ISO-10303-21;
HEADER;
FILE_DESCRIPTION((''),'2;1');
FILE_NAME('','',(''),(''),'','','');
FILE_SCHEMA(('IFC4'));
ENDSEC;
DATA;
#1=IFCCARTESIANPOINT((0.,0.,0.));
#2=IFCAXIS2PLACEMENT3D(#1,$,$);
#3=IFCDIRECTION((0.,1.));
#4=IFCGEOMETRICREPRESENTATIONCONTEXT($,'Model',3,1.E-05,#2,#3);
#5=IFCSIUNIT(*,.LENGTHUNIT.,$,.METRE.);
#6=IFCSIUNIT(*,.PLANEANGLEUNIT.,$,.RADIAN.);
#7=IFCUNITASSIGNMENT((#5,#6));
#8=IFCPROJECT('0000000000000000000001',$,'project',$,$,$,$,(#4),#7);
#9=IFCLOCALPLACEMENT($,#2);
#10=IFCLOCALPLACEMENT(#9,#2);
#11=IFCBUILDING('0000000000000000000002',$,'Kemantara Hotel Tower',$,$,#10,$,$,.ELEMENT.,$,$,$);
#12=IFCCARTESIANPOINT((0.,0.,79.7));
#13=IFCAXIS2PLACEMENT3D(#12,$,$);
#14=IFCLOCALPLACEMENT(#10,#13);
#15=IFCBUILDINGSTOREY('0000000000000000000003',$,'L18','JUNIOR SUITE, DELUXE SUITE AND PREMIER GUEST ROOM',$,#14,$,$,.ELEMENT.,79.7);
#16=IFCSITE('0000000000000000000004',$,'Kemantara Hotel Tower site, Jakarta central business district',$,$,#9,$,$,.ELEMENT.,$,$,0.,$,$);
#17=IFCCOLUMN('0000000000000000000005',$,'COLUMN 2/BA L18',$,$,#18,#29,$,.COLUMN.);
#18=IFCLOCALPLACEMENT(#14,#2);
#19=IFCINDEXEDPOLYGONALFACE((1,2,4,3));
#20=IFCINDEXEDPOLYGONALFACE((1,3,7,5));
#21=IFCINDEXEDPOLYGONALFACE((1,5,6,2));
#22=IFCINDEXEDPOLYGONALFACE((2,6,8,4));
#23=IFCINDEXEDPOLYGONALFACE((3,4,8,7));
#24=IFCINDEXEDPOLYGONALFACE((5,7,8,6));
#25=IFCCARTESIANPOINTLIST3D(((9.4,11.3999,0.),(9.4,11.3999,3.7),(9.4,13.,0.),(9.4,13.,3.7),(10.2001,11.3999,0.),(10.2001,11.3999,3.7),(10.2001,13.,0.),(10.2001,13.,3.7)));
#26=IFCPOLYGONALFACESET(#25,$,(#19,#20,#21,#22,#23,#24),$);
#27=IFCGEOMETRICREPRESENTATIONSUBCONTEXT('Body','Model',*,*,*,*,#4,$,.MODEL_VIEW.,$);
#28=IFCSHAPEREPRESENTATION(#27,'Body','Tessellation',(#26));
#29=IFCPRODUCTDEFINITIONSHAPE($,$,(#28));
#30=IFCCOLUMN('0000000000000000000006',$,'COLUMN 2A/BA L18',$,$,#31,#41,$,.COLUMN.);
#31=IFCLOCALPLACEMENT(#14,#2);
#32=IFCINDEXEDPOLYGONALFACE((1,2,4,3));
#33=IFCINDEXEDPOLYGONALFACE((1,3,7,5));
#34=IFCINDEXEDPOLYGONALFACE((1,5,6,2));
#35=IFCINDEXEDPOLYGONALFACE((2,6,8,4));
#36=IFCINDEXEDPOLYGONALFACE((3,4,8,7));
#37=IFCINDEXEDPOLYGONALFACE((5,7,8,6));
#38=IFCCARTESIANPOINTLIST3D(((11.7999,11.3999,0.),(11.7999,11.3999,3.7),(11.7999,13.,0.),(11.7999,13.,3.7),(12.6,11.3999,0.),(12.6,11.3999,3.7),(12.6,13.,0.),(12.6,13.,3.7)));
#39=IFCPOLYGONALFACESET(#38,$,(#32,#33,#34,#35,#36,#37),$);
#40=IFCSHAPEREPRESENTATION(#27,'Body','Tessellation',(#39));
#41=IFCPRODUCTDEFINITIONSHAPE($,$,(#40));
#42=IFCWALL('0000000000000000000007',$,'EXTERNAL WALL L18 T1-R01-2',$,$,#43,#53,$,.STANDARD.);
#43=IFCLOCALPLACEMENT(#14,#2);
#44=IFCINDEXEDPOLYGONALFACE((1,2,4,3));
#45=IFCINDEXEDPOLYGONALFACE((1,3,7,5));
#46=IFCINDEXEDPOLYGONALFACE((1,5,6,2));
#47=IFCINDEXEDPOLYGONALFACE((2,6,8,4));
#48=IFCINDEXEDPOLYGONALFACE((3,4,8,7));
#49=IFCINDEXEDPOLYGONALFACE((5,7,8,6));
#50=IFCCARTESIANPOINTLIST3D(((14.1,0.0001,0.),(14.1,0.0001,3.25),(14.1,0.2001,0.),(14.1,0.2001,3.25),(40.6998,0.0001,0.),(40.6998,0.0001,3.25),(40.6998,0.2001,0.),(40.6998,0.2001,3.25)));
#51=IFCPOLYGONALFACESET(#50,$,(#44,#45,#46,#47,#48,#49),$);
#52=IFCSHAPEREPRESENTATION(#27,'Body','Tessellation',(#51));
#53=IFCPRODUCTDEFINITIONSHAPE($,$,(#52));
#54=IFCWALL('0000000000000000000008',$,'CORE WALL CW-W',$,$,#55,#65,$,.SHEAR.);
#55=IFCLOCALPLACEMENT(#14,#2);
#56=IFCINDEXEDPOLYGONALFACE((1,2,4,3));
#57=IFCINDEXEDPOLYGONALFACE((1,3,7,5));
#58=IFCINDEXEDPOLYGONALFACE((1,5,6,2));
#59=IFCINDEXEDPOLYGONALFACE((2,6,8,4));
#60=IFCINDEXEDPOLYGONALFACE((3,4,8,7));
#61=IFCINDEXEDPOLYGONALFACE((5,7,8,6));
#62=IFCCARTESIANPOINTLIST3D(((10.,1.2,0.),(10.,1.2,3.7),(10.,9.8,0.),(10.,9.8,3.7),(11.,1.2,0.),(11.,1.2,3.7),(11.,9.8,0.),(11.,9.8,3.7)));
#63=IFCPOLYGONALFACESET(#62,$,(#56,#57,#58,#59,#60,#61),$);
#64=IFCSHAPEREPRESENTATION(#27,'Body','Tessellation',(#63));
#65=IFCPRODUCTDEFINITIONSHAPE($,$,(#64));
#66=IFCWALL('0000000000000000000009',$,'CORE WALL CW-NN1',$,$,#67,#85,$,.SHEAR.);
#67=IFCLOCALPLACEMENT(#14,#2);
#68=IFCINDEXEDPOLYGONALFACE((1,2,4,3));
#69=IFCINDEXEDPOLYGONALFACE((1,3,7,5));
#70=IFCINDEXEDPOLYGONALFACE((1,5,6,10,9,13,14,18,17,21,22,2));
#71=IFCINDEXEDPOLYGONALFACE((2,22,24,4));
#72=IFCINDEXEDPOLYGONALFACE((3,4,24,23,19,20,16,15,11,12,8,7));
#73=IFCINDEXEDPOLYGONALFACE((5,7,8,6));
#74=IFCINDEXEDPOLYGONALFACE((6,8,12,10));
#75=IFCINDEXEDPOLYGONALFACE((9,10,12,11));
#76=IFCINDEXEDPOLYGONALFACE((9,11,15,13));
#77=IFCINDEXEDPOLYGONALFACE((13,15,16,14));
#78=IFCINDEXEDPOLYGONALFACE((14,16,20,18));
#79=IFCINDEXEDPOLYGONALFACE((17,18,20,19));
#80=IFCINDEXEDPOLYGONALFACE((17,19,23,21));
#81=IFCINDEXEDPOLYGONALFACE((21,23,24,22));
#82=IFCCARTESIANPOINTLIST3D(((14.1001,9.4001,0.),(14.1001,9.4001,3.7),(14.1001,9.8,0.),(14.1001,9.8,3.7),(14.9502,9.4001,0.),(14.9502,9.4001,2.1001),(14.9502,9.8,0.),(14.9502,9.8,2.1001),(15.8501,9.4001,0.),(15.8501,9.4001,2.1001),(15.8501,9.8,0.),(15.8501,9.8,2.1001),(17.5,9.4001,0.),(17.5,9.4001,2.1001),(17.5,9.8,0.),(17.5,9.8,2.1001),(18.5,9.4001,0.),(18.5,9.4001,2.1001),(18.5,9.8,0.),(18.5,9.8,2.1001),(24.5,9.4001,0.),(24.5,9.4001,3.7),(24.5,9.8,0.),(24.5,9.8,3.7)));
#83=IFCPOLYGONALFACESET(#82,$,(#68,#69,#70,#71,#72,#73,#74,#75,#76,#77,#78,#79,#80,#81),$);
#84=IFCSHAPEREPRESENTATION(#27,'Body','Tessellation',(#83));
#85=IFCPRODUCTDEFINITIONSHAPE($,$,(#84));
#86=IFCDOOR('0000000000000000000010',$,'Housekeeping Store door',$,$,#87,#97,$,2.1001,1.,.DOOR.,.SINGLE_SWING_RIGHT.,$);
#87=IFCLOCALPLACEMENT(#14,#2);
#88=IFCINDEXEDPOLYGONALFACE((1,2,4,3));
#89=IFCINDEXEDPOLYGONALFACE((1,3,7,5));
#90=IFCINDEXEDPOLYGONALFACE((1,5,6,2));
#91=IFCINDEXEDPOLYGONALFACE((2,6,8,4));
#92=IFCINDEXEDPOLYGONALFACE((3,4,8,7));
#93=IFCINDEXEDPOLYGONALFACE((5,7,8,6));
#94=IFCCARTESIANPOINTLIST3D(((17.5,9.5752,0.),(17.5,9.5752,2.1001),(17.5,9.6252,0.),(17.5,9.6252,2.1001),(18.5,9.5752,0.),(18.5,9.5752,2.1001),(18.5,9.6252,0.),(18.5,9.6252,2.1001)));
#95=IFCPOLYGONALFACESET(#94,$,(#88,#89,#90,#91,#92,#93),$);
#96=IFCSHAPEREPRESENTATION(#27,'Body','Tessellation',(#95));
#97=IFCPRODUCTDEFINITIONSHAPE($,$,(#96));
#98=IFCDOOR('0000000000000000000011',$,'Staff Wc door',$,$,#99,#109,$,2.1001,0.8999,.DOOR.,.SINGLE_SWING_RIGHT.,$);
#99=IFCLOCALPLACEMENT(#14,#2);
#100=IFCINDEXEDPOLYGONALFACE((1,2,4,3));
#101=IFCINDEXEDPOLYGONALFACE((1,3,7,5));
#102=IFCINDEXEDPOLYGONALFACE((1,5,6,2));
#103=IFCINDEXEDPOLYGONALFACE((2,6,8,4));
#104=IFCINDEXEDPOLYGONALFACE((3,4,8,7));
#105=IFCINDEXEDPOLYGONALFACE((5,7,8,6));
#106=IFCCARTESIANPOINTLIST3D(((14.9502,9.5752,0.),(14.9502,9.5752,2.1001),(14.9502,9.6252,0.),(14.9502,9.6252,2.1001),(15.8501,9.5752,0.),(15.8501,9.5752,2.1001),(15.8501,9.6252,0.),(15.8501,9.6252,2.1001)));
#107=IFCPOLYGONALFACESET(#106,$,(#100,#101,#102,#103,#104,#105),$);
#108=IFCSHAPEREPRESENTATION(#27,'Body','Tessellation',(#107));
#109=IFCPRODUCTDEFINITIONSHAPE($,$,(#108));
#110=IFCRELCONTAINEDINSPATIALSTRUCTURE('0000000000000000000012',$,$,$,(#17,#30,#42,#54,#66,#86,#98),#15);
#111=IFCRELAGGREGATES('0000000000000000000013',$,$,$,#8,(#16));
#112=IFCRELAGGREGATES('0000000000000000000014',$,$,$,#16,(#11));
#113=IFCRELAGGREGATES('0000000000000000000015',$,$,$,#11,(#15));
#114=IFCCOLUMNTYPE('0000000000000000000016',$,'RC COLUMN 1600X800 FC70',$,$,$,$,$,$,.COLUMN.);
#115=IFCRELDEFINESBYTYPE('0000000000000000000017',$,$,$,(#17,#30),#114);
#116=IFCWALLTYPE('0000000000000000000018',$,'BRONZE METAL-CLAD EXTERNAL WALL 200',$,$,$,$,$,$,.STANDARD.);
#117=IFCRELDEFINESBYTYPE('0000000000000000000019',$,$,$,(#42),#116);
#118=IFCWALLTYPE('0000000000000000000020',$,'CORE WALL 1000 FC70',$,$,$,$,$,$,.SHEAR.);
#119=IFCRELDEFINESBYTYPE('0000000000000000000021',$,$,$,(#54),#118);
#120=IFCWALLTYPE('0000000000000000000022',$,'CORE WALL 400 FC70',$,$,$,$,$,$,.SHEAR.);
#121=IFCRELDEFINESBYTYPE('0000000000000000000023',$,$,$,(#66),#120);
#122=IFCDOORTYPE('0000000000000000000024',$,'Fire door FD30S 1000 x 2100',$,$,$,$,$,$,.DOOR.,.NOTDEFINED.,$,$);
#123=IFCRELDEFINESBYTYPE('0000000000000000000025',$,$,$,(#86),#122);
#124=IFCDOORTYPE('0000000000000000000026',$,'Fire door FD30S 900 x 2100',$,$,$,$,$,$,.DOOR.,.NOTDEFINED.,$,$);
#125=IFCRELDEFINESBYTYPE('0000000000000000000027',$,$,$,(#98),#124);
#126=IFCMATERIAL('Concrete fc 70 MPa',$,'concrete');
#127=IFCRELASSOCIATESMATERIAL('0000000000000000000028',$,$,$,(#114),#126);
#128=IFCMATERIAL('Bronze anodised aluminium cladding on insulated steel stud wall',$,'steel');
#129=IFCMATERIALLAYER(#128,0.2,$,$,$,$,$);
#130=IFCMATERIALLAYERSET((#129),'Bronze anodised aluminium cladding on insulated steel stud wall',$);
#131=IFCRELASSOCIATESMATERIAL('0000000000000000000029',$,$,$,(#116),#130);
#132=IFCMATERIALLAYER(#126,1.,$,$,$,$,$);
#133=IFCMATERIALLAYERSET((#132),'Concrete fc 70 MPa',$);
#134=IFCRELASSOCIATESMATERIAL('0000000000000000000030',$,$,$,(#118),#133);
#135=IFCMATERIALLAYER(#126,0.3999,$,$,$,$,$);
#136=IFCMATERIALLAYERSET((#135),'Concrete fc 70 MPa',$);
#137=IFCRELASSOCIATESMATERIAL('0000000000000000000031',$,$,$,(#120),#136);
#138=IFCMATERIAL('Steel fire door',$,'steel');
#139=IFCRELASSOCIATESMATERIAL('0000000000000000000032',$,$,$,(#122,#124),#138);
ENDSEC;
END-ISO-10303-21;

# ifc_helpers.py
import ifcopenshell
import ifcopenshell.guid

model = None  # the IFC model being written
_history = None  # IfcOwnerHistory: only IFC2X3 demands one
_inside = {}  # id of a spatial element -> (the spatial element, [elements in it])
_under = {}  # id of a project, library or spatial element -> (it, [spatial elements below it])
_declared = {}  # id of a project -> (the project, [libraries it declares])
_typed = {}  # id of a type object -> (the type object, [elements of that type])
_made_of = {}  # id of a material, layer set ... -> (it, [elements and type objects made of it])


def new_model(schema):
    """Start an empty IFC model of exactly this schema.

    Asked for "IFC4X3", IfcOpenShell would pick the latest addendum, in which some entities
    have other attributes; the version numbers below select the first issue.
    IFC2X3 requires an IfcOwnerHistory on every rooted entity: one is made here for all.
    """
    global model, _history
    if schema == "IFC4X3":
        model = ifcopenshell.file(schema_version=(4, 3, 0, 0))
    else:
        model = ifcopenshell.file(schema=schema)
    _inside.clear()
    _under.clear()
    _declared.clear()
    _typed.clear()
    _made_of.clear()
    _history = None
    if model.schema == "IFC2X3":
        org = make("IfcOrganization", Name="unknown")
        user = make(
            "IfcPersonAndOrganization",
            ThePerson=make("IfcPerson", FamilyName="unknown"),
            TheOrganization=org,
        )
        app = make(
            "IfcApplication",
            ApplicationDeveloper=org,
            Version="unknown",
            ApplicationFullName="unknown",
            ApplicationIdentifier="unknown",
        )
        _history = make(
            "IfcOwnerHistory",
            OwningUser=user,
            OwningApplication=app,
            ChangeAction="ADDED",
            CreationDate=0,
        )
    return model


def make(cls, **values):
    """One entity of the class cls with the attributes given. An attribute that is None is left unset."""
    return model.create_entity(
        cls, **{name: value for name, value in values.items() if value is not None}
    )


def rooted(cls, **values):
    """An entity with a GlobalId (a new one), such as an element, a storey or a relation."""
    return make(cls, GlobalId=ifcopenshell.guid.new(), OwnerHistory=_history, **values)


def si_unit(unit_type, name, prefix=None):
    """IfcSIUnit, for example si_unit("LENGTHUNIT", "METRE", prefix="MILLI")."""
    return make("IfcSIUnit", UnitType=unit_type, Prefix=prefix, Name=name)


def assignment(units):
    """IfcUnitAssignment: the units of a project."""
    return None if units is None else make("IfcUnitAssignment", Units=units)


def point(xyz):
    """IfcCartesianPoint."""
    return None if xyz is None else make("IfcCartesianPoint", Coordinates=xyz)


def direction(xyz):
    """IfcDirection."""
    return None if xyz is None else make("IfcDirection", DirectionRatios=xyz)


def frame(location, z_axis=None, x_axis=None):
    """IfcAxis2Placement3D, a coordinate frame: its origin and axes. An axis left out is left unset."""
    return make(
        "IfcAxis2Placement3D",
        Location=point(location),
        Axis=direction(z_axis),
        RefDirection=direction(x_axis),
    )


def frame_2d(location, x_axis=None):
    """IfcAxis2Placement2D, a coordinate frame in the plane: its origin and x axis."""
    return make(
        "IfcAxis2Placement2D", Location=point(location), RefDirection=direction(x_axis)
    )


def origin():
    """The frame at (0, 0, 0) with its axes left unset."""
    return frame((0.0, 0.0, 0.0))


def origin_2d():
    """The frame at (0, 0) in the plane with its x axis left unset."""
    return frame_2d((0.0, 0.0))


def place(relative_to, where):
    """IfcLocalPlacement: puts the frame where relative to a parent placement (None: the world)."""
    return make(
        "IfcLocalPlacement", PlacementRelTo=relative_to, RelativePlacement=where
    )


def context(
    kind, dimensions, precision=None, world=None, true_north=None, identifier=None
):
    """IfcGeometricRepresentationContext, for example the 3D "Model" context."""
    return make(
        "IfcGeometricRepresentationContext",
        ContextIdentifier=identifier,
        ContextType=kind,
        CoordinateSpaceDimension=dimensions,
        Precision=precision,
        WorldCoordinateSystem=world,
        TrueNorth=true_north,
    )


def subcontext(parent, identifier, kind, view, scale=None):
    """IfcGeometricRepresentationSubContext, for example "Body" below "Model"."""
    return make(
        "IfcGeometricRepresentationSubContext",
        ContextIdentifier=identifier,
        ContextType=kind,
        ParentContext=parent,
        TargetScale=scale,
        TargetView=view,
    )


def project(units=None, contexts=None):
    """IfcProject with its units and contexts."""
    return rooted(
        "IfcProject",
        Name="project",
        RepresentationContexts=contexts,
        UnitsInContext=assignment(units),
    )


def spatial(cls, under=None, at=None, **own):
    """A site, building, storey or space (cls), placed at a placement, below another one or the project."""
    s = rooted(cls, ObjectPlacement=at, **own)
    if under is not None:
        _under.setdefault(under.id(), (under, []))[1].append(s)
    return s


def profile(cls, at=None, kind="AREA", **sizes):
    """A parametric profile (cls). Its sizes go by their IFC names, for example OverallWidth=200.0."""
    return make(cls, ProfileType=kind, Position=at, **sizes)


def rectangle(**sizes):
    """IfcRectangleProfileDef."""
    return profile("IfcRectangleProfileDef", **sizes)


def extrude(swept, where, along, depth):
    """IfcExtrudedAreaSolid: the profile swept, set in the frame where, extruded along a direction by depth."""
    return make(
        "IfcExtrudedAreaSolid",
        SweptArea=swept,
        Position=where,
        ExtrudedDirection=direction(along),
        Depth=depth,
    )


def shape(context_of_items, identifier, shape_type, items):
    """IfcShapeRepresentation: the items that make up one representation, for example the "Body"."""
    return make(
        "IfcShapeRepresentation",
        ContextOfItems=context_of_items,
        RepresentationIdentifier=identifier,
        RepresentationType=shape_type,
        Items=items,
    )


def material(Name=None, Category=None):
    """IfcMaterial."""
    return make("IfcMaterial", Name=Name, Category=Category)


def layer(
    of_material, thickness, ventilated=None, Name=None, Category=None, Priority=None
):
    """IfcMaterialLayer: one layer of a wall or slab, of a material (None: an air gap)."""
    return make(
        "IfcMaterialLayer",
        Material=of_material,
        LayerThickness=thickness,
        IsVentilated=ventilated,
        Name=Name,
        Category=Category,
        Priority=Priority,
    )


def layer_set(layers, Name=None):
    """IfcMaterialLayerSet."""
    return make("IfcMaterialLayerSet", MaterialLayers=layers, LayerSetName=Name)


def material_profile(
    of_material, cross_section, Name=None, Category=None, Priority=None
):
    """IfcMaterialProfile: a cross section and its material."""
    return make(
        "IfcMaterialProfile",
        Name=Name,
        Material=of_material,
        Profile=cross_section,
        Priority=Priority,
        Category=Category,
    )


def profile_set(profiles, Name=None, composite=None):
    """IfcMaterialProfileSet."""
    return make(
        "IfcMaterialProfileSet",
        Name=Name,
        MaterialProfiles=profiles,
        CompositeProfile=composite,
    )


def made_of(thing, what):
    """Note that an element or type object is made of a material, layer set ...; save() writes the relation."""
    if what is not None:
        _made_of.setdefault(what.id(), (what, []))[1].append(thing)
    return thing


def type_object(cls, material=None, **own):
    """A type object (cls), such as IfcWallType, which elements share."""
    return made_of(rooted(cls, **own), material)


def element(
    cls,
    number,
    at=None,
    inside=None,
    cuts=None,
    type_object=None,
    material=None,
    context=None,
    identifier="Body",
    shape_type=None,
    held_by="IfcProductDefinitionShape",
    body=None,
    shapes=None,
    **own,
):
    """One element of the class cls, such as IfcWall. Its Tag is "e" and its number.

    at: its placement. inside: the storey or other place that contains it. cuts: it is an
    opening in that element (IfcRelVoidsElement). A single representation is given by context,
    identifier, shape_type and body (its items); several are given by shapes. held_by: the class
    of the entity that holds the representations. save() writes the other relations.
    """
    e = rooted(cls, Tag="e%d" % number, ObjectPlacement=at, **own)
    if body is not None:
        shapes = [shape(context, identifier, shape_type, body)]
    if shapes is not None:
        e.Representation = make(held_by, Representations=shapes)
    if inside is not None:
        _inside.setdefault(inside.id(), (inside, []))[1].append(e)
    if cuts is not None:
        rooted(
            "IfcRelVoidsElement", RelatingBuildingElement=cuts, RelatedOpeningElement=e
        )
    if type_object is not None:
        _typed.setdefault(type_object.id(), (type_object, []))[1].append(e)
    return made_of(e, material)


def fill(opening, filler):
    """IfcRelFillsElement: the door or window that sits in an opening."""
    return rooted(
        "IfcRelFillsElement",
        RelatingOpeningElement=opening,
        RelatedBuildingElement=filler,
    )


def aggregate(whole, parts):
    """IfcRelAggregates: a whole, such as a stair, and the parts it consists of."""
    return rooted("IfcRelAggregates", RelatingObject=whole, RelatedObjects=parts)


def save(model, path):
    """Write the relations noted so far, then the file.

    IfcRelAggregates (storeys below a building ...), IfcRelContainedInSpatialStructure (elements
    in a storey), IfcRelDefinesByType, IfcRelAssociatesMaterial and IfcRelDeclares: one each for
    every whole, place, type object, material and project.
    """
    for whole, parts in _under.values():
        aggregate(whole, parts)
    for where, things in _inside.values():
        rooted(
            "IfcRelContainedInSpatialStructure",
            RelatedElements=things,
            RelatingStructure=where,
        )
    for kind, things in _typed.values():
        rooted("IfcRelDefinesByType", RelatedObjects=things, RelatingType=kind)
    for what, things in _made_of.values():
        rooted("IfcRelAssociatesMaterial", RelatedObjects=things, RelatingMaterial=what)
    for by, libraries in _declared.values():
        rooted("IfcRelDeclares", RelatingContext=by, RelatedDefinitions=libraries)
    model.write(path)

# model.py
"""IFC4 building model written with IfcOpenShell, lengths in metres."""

from ifc_helpers import new_model, si_unit, direction, frame, frame_2d, origin, origin_2d, place, context, subcontext, project, spatial, rectangle, extrude, material, layer, layer_set, material_profile, profile_set, type_object, element, fill, save


model = new_model("IFC4")

# Units and contexts
model_context = context("Model", 3, precision=1e-05, world=origin(), true_north=direction((0.0, 1.0)))
body_context = subcontext(model_context, "Body", "Model", "MODEL_VIEW")
ifc_project = project(units=[si_unit("LENGTHUNIT", "METRE"), si_unit("PLANEANGLEUNIT", "RADIAN")], contexts=[model_context])

# Site, building, storey
site_placement = place(None, origin())
site = spatial("IfcSite", under=ifc_project, at=site_placement, Name="Kemantara Hotel Tower site, Jakarta central business district", CompositionType="ELEMENT", RefElevation=0.0)
building_placement = place(site_placement, origin())
building = spatial("IfcBuilding", under=site, at=building_placement, Name="Kemantara Hotel Tower", CompositionType="ELEMENT")
storey_placement = place(building_placement, frame((0.0, 0.0, 79.7)))
storey = spatial("IfcBuildingStorey", under=building, at=storey_placement, Name="L18", Description="JUNIOR SUITE, DELUXE SUITE AND PREMIER GUEST ROOM", CompositionType="ELEMENT", Elevation=79.7)

# Columns
ifc_material_1 = material(Name="Concrete fc 70 MPa", Category="concrete")
ifc_material_profile = material_profile(ifc_material_1, rectangle(XDim=1.6001, YDim=0.8, at=origin_2d()), Name="RC 1600X800")
ifc_profile_set = profile_set([ifc_material_profile], Name="Concrete fc 70 MPa")
column_type = type_object("IfcColumnType", Name="RC COLUMN 1600X800 FC70", PredefinedType="COLUMN", material=ifc_profile_set)
for number, where, z_axis, x_axis, name in (
    (1, (9.8, 12.2, 0.0), (0.0, 0.0, 1.0), (0.0, 1.0, 0.0), "COLUMN 2/BA L18"),
    (2, (12.2, 12.2, 0.0), (0.0, 0.0, 1.0), (0.0, 1.0, 0.0), "COLUMN 2A/BA L18"),
):
    element("IfcColumn", number, at=place(storey_placement, frame(where, z_axis=z_axis, x_axis=x_axis)), inside=storey, type_object=column_type, Name=name, PredefinedType="COLUMN", context=body_context, shape_type="SweptSolid", body=[
        extrude(rectangle(XDim=1.6001, YDim=0.8, at=origin_2d()), origin(), (0.0, 0.0, 1.0), 3.7),
    ])

# Walls
ifc_material_2 = material(Name="Bronze anodised aluminium cladding on insulated steel stud wall", Category="steel")
ifc_layer_1 = layer(ifc_material_2, 0.2)
ifc_layer_set_1 = layer_set([ifc_layer_1], Name="Bronze anodised aluminium cladding on insulated steel stud wall")
wall_type_1 = type_object("IfcWallType", Name="BRONZE METAL-CLAD EXTERNAL WALL 200", PredefinedType="STANDARD", material=ifc_layer_set_1)
wall_1_placement = place(storey_placement, frame((14.1001, 0.1001, 0.0), z_axis=(0.0, 0.0, 1.0), x_axis=(1.0, 0.0, 0.0)))
element("IfcWall", 3, at=wall_1_placement, inside=storey, type_object=wall_type_1, Name="EXTERNAL WALL L18 T1-R01-2", PredefinedType="STANDARD", context=body_context, shape_type="SweptSolid", body=[
    extrude(rectangle(XDim=26.5999, YDim=0.2, at=frame_2d((13.2998, 0.0))), origin(), (0.0, 0.0, 1.0), 3.25),
])
ifc_layer_2 = layer(ifc_material_1, 1.0)
ifc_layer_set_2 = layer_set([ifc_layer_2], Name="Concrete fc 70 MPa")
wall_type_2 = type_object("IfcWallType", Name="CORE WALL 1000 FC70", PredefinedType="SHEAR", material=ifc_layer_set_2)
wall_2_placement = place(storey_placement, frame((10.5, 1.2, 0.0), z_axis=(0.0, 0.0, 1.0), x_axis=(0.0, 1.0, 0.0)))
element("IfcWall", 4, at=wall_2_placement, inside=storey, type_object=wall_type_2, Name="CORE WALL CW-W", PredefinedType="SHEAR", context=body_context, shape_type="SweptSolid", body=[
    extrude(rectangle(XDim=8.6001, YDim=1.0, at=frame_2d((4.3, 0.0))), origin(), (0.0, 0.0, 1.0), 3.7),
])

# Wall, openings, doors
ifc_layer_3 = layer(ifc_material_1, 0.3999)
ifc_layer_set_3 = layer_set([ifc_layer_3], Name="Concrete fc 70 MPa")
wall_type_3 = type_object("IfcWallType", Name="CORE WALL 400 FC70", PredefinedType="SHEAR", material=ifc_layer_set_3)
wall_3_placement = place(storey_placement, frame((14.1001, 9.6001, 0.0), z_axis=(0.0, 0.0, 1.0), x_axis=(1.0, 0.0, 0.0)))
wall_3 = element("IfcWall", 5, at=wall_3_placement, inside=storey, type_object=wall_type_3, Name="CORE WALL CW-NN1", PredefinedType="SHEAR", context=body_context, shape_type="SweptSolid", body=[
    extrude(rectangle(XDim=10.3999, YDim=0.3999, at=frame_2d((5.2, 0.0))), origin(), (0.0, 0.0, 1.0), 3.7),
])
opening_1_placement = place(wall_3_placement, frame((0.8501, 0.0, 0.0)))
opening_1 = element("IfcOpeningElement", 6, at=opening_1_placement, cuts=wall_3, PredefinedType="OPENING", context=body_context, shape_type="SweptSolid", body=[
    extrude(rectangle(XDim=0.8999, YDim=2.1001, at=frame_2d((0.45, 1.05))), frame((0.0, 0.21, 0.0), z_axis=(0.0, -1.0, 0.0), x_axis=(1.0, 0.0, 0.0)), (0.0, 0.0, 1.0), 0.4199),
])
opening_2_placement = place(wall_3_placement, frame((3.3999, 0.0, 0.0)))
opening_2 = element("IfcOpeningElement", 7, at=opening_2_placement, cuts=wall_3, PredefinedType="OPENING", context=body_context, shape_type="SweptSolid", body=[
    extrude(rectangle(XDim=1.0, YDim=2.1001, at=frame_2d((0.5, 1.05))), frame((0.0, 0.21, 0.0), z_axis=(0.0, -1.0, 0.0), x_axis=(1.0, 0.0, 0.0)), (0.0, 0.0, 1.0), 0.4199),
])
ifc_material_3 = material(Name="Steel fire door", Category="steel")
door_type_1 = type_object("IfcDoorType", Name="Fire door FD30S 1000 x 2100", OperationType="NOTDEFINED", PredefinedType="DOOR", material=ifc_material_3)
door_1_placement = place(opening_2_placement, frame((1.0, 0.0, 0.0), z_axis=(0.0, 0.0, 1.0), x_axis=(-1.0, 0.0, 0.0)))
door_1 = element("IfcDoor", 8, at=door_1_placement, inside=storey, type_object=door_type_1, Name="Housekeeping Store door", OperationType="SINGLE_SWING_RIGHT", OverallHeight=2.1001, OverallWidth=1.0, PredefinedType="DOOR", context=body_context, shape_type="SweptSolid", body=[
    extrude(rectangle(XDim=1.0, YDim=2.1001, at=frame_2d((0.5, 1.05))), frame((0.0, 0.0249, 0.0), z_axis=(0.0, -1.0, 0.0), x_axis=(1.0, 0.0, 0.0)), (0.0, 0.0, 1.0), 0.05),
])
fill(opening_2, door_1)
door_type_2 = type_object("IfcDoorType", Name="Fire door FD30S 900 x 2100", OperationType="NOTDEFINED", PredefinedType="DOOR", material=ifc_material_3)
door_2_placement = place(opening_1_placement, frame((0.8999, 0.0, 0.0), z_axis=(0.0, 0.0, 1.0), x_axis=(-1.0, 0.0, 0.0)))
door_2 = element("IfcDoor", 9, at=door_2_placement, inside=storey, type_object=door_type_2, Name="Staff Wc door", OperationType="SINGLE_SWING_RIGHT", OverallHeight=2.1001, OverallWidth=0.8999, PredefinedType="DOOR", context=body_context, shape_type="SweptSolid", body=[
    extrude(rectangle(XDim=0.8999, YDim=2.1001, at=frame_2d((0.45, 1.05))), frame((0.0, 0.0249, 0.0), z_axis=(0.0, -1.0, 0.0), x_axis=(1.0, 0.0, 0.0)), (0.0, 0.0, 1.0), 0.05),
])
fill(opening_1, door_2)

save(model, "model.ifc")
